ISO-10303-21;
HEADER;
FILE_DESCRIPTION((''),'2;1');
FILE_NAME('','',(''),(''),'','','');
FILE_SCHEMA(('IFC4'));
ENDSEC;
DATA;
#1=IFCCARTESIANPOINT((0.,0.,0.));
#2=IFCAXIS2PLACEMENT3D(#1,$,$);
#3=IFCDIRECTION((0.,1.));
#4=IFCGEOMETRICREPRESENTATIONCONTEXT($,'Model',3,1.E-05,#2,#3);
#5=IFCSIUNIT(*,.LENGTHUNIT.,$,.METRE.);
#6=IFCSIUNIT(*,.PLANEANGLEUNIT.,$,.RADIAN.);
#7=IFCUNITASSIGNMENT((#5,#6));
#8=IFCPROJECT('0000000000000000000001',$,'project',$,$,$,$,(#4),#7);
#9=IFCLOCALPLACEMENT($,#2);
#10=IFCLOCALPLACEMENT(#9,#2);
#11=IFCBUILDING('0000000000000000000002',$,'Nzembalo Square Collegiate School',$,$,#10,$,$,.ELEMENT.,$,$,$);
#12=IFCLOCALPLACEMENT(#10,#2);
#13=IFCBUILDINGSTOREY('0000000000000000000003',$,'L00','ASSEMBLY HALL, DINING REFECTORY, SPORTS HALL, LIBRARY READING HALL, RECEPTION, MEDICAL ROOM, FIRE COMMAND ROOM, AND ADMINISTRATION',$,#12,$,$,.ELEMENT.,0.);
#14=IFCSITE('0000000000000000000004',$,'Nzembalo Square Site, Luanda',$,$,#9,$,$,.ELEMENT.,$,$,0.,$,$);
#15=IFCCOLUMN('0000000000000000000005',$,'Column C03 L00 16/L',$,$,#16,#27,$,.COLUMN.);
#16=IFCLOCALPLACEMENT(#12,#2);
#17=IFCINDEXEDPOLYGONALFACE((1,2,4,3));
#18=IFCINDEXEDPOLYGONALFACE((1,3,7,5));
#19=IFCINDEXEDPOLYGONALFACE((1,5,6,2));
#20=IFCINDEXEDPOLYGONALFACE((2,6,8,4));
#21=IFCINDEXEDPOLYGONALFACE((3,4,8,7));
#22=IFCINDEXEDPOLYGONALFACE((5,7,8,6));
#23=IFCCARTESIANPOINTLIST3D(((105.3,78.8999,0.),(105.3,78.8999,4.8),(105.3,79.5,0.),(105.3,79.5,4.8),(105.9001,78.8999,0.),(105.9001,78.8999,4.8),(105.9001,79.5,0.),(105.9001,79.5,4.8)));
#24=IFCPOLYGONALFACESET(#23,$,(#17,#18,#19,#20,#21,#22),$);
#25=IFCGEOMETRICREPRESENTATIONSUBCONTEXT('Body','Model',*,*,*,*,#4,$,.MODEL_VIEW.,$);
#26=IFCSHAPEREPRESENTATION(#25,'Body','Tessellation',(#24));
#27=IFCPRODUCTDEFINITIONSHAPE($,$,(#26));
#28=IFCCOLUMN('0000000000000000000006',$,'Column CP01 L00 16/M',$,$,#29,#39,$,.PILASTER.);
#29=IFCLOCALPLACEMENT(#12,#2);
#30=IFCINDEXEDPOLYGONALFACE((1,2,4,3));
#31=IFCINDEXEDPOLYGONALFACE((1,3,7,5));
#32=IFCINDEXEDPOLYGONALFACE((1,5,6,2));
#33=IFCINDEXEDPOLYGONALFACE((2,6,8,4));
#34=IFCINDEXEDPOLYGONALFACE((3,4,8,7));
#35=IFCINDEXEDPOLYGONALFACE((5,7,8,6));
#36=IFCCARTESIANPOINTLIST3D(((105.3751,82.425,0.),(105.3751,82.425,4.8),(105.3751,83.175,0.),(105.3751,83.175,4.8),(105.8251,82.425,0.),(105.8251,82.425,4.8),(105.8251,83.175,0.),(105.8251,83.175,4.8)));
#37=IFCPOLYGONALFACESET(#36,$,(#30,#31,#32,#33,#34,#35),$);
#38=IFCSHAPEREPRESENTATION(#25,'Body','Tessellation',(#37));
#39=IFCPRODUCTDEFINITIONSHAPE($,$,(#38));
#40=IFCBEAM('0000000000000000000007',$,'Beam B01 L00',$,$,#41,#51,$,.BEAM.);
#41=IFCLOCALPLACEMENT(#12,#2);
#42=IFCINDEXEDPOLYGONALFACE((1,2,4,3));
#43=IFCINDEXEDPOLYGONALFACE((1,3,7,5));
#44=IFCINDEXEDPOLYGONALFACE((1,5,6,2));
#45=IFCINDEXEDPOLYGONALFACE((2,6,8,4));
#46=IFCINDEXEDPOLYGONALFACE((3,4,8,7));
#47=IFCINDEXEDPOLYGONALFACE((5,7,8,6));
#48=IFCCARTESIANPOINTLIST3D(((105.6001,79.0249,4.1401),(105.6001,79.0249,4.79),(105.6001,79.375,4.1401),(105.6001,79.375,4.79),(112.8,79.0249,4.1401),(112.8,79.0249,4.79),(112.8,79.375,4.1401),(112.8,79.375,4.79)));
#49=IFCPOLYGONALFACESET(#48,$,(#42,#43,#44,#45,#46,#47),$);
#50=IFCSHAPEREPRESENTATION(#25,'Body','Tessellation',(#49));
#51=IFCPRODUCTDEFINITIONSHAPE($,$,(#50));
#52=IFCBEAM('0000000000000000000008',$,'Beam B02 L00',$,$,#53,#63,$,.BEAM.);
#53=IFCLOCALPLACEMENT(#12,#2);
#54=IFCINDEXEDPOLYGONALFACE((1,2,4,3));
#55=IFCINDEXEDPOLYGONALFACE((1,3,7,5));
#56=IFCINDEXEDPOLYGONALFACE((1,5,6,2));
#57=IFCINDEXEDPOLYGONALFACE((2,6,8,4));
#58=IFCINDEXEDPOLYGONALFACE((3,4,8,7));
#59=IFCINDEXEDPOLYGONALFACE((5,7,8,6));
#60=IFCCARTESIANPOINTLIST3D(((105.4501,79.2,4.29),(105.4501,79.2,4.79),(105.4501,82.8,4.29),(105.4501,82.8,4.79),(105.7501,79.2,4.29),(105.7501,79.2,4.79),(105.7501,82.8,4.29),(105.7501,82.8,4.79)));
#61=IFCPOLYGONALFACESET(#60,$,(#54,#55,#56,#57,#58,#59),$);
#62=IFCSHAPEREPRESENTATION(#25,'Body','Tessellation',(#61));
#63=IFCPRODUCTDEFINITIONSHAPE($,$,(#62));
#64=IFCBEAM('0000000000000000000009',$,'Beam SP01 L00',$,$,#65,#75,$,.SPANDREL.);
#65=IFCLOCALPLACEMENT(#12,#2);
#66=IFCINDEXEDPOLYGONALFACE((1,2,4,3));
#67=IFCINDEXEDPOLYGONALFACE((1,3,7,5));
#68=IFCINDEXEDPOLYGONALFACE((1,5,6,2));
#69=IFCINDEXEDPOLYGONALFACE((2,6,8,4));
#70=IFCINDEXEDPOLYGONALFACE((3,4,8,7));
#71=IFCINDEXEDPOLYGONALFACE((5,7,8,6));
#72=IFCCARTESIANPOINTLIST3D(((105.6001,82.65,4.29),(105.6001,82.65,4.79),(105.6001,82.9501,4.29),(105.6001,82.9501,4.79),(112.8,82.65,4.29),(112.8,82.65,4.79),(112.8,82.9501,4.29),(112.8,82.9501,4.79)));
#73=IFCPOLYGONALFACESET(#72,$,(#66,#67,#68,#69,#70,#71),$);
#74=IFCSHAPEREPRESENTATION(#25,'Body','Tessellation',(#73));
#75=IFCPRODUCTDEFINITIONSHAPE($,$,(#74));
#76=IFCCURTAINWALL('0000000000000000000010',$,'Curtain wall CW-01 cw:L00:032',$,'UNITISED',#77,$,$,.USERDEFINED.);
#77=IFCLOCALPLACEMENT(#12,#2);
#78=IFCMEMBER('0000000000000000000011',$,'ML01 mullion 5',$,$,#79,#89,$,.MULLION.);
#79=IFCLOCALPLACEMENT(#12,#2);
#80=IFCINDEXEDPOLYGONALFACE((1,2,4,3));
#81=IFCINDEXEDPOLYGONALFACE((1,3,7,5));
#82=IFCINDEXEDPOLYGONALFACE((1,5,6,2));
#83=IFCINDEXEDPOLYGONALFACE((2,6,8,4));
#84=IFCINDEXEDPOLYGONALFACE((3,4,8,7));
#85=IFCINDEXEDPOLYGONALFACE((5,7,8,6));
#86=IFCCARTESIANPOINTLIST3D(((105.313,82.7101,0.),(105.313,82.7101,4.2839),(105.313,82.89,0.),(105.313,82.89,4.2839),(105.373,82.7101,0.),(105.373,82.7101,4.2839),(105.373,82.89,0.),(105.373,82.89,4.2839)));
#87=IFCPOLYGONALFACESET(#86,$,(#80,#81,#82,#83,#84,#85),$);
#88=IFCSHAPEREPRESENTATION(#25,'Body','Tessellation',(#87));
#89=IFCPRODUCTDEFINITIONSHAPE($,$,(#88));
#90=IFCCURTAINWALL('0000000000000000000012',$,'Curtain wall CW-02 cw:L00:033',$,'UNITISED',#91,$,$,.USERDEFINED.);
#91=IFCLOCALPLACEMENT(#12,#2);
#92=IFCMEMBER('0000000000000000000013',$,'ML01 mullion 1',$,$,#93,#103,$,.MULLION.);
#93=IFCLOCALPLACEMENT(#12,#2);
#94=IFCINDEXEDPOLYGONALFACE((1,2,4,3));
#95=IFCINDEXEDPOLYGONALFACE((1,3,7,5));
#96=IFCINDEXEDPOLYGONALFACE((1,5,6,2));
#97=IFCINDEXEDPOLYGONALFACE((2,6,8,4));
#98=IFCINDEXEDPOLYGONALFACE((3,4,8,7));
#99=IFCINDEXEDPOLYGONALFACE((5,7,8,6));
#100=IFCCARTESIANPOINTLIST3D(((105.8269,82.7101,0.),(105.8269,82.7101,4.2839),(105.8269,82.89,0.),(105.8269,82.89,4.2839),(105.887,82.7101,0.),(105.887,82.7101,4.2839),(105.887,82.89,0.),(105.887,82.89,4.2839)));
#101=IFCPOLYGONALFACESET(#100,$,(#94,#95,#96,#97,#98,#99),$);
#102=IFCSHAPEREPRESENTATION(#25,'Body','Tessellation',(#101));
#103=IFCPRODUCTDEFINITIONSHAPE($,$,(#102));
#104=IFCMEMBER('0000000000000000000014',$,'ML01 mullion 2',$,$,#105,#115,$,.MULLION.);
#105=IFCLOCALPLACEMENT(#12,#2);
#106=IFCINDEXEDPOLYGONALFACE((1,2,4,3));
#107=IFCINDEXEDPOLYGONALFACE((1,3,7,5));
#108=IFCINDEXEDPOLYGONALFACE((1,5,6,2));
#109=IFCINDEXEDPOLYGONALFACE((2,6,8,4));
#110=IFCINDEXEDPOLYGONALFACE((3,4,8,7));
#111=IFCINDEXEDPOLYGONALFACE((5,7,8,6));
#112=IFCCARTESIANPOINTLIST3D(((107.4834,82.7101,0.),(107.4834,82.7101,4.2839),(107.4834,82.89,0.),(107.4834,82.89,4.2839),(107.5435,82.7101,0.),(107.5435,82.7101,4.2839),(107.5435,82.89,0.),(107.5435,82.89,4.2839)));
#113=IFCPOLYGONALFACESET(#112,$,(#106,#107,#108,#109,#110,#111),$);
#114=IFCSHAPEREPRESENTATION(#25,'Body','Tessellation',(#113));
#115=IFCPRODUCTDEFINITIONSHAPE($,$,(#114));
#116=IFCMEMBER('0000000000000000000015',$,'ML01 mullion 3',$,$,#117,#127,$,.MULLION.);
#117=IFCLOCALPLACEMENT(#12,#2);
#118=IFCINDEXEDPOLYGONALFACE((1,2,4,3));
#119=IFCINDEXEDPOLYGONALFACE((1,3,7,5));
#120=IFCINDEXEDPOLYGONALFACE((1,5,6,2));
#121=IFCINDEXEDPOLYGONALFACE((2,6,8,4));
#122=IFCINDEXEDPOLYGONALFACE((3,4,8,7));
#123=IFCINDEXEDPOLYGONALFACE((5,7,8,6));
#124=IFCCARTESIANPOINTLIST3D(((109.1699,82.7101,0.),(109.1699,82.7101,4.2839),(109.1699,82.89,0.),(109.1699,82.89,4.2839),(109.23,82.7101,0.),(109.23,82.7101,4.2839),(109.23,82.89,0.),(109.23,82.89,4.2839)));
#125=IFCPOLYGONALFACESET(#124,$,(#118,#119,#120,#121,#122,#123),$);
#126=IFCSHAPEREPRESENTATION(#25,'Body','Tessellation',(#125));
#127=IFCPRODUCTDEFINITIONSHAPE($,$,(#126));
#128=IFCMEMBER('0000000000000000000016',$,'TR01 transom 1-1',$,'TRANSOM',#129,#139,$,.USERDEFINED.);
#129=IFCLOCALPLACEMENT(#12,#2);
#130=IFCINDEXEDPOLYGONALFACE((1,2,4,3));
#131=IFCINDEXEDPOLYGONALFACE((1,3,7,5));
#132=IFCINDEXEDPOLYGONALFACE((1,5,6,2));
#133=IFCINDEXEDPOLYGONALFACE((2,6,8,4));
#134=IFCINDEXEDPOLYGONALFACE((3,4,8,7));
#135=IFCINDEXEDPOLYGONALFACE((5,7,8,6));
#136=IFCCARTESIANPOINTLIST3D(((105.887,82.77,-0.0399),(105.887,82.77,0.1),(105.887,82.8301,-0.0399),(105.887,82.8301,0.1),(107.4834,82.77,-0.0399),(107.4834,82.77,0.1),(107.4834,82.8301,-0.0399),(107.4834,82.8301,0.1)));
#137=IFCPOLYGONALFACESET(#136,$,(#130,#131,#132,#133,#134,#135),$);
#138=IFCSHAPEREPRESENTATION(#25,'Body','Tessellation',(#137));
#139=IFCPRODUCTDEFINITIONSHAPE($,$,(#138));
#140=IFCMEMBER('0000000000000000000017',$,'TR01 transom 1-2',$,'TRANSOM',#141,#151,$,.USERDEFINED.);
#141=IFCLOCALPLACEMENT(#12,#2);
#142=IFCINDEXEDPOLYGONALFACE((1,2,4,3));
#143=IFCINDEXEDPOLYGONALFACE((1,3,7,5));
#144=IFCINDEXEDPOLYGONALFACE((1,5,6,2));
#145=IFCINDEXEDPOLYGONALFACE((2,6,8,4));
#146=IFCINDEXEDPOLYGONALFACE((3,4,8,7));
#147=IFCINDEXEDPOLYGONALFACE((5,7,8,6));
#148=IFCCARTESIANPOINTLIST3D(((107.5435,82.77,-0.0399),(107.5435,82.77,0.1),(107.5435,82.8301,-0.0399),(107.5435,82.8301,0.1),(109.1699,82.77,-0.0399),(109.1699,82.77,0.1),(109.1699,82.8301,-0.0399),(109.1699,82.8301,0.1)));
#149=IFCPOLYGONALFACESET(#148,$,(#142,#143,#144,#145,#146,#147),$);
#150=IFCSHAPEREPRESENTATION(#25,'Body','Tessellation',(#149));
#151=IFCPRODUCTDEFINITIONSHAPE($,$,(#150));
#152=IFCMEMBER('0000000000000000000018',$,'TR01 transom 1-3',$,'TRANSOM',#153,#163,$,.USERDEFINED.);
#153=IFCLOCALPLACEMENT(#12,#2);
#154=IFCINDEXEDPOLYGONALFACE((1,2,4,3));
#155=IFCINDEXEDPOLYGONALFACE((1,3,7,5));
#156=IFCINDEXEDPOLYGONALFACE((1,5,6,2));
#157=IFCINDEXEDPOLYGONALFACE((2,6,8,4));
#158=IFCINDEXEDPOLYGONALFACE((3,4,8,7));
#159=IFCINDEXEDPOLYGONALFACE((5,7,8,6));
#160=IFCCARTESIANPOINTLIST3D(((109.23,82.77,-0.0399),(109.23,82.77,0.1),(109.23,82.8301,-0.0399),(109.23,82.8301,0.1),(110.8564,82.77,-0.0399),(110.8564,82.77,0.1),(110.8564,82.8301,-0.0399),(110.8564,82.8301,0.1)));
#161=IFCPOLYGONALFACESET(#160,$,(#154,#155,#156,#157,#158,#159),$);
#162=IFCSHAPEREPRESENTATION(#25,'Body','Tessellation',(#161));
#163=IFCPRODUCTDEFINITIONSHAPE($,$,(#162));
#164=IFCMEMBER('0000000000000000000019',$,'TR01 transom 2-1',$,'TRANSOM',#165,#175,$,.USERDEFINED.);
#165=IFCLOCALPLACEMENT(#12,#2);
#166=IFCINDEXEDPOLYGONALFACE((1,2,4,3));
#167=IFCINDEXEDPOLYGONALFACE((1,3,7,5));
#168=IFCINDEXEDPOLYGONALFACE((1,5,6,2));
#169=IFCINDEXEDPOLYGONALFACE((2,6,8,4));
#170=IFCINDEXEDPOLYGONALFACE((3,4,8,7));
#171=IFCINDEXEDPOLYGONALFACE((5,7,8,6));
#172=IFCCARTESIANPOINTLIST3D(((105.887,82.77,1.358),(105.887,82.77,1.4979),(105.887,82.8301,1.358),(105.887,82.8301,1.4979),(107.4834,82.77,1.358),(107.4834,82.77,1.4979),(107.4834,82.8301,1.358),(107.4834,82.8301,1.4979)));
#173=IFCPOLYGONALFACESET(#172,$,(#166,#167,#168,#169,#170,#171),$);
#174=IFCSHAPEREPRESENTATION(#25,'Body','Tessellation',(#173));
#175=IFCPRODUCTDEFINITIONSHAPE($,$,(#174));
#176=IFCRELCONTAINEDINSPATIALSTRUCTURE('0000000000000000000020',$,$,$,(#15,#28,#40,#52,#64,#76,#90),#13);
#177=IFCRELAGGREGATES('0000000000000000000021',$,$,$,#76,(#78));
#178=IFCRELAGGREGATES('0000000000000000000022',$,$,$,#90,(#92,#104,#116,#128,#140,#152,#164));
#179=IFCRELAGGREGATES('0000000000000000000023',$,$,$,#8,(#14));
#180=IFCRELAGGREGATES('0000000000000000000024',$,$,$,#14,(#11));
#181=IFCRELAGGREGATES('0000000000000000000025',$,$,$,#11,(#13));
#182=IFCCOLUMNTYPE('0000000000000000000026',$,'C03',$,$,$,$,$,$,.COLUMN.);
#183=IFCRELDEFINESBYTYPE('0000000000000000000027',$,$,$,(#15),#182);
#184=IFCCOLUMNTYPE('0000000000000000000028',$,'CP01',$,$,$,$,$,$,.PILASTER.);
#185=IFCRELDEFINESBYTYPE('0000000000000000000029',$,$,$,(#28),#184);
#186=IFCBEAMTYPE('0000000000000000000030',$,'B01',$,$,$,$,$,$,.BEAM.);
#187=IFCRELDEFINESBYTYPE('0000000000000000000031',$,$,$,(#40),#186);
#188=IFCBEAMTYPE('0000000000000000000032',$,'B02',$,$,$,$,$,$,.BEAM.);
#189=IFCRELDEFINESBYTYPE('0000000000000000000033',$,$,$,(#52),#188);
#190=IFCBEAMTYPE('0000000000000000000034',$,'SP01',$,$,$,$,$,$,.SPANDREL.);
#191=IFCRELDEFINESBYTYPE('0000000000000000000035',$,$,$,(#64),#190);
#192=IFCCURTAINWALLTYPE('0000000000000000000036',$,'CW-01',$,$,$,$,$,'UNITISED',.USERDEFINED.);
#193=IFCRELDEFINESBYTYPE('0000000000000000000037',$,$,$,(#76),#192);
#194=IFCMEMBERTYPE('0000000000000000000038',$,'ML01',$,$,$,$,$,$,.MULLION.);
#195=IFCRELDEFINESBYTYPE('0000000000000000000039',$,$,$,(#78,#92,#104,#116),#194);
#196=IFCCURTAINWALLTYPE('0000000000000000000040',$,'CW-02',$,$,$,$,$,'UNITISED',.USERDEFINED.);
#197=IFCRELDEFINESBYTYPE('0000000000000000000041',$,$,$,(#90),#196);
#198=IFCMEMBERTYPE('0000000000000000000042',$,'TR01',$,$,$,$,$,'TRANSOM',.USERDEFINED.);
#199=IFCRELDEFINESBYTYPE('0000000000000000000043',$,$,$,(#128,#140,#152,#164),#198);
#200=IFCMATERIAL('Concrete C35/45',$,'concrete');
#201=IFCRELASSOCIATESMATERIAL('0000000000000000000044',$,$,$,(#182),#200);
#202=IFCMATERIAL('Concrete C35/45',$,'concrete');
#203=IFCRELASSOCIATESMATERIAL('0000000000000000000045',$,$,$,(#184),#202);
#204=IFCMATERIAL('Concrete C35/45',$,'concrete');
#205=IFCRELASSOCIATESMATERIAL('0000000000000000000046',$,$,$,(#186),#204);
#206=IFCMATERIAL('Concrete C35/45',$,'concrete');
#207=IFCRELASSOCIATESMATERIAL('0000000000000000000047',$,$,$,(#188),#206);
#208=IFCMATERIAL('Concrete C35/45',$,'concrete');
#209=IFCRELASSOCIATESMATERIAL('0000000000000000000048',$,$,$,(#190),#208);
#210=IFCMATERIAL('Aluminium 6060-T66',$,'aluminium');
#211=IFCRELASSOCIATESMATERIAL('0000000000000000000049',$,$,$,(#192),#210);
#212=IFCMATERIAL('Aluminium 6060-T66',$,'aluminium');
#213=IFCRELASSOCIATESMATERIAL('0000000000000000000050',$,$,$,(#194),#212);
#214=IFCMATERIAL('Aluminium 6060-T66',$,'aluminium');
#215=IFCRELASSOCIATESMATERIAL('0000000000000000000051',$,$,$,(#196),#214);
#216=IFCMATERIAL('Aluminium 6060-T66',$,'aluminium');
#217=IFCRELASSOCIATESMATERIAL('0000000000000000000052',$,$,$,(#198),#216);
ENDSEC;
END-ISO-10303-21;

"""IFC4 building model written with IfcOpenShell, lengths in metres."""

from ifc_helpers import new_model, si_unit, direction, frame, origin, origin_2d, place, context, subcontext, project, spatial, rectangle, extrude, material, material_profile, profile_set, type_object, element, aggregate, save


model = new_model("IFC4")

# Units and contexts
model_context = context("Model", 3, precision=1e-05, world=origin(), true_north=direction((0.0, 1.0)))
body_context = subcontext(model_context, "Body", "Model", "MODEL_VIEW")
ifc_project = project(units=[si_unit("LENGTHUNIT", "METRE"), si_unit("PLANEANGLEUNIT", "RADIAN")], contexts=[model_context])

# Site, building, storey
site_placement = place(None, origin())
site = spatial("IfcSite", under=ifc_project, at=site_placement, Name="Nzembalo Square Site, Luanda", CompositionType="ELEMENT", RefElevation=0.0)
building_placement = place(site_placement, origin())
building = spatial("IfcBuilding", under=site, at=building_placement, Name="Nzembalo Square Collegiate School", CompositionType="ELEMENT")
storey_placement = place(building_placement, origin())
storey = spatial("IfcBuildingStorey", under=building, at=storey_placement, Name="L00", Description="ASSEMBLY HALL, DINING REFECTORY, SPORTS HALL, LIBRARY READING HALL, RECEPTION, MEDICAL ROOM, FIRE COMMAND ROOM, AND ADMINISTRATION", CompositionType="ELEMENT", Elevation=0.0)

# Columns
ifc_material_1 = material(Name="Concrete C35/45", Category="concrete")
ifc_material_profile_1 = material_profile(ifc_material_1, rectangle(XDim=0.6001, YDim=0.6001, at=origin_2d()), Name="RC 600x600")
ifc_profile_set_1 = profile_set([ifc_material_profile_1], Name="Concrete C35/45")
column_type_1 = type_object("IfcColumnType", Name="C03", PredefinedType="COLUMN", material=ifc_profile_set_1)
column_1_placement = place(storey_placement, frame((105.6001, 79.2, 0.0), z_axis=(0.0, 0.0, 1.0), x_axis=(1.0, 0.0, 0.0)))
element("IfcColumn", 1, at=column_1_placement, inside=storey, type_object=column_type_1, Name="Column C03 L00 16/L", PredefinedType="COLUMN", context=body_context, shape_type="SweptSolid", body=[
    extrude(rectangle(XDim=0.6001, YDim=0.6001, at=origin_2d()), origin(), (0.0, 0.0, 1.0), 4.8),
])
ifc_material_2 = material(Name="Concrete C35/45", Category="concrete")
ifc_material_profile_2 = material_profile(ifc_material_2, rectangle(XDim=0.45, YDim=0.75, at=origin_2d()), Name="RC 450x750")
ifc_profile_set_2 = profile_set([ifc_material_profile_2], Name="Concrete C35/45")
column_type_2 = type_object("IfcColumnType", Name="CP01", PredefinedType="PILASTER", material=ifc_profile_set_2)
column_2_placement = place(storey_placement, frame((105.6001, 82.8, 0.0), z_axis=(0.0, 0.0, 1.0), x_axis=(1.0, 0.0, 0.0)))
element("IfcColumn", 2, at=column_2_placement, inside=storey, type_object=column_type_2, Name="Column CP01 L00 16/M", PredefinedType="PILASTER", context=body_context, shape_type="SweptSolid", body=[
    extrude(rectangle(XDim=0.45, YDim=0.75, at=origin_2d()), origin(), (0.0, 0.0, 1.0), 4.8),
])

# Beams
ifc_material_3 = material(Name="Concrete C35/45", Category="concrete")
ifc_material_profile_3 = material_profile(ifc_material_3, rectangle(XDim=0.3501, YDim=0.6499, at=origin_2d()), Name="RC 350x650")
ifc_profile_set_3 = profile_set([ifc_material_profile_3], Name="Concrete C35/45")
beam_type_1 = type_object("IfcBeamType", Name="B01", PredefinedType="BEAM", material=ifc_profile_set_3)
beam_1_placement = place(storey_placement, frame((105.6001, 79.2, 4.4651), z_axis=(1.0, 0.0, 0.0), x_axis=(0.0, 1.0, 0.0)))
element("IfcBeam", 3, at=beam_1_placement, inside=storey, type_object=beam_type_1, Name="Beam B01 L00", PredefinedType="BEAM", context=body_context, shape_type="SweptSolid", body=[
    extrude(rectangle(XDim=0.3501, YDim=0.6499, at=origin_2d()), origin(), (0.0, 0.0, 1.0), 7.2),
])
ifc_material_4 = material(Name="Concrete C35/45", Category="concrete")
ifc_material_profile_4 = material_profile(ifc_material_4, rectangle(XDim=0.3, YDim=0.5, at=origin_2d()), Name="RC 300x500")
ifc_profile_set_4 = profile_set([ifc_material_profile_4], Name="Concrete C35/45")
beam_type_2 = type_object("IfcBeamType", Name="B02", PredefinedType="BEAM", material=ifc_profile_set_4)
beam_2_placement = place(storey_placement, frame((105.6001, 79.2, 4.54), z_axis=(0.0, 1.0, 0.0), x_axis=(-1.0, 0.0, 0.0)))
element("IfcBeam", 4, at=beam_2_placement, inside=storey, type_object=beam_type_2, Name="Beam B02 L00", PredefinedType="BEAM", context=body_context, shape_type="SweptSolid", body=[
    extrude(rectangle(XDim=0.3, YDim=0.5, at=origin_2d()), origin(), (0.0, 0.0, 1.0), 3.6001),
])
ifc_material_5 = material(Name="Concrete C35/45", Category="concrete")
ifc_material_profile_5 = material_profile(ifc_material_5, rectangle(XDim=0.3, YDim=0.5, at=origin_2d()), Name="RC 300x500")
ifc_profile_set_5 = profile_set([ifc_material_profile_5], Name="Concrete C35/45")
beam_type_3 = type_object("IfcBeamType", Name="SP01", PredefinedType="SPANDREL", material=ifc_profile_set_5)
beam_3_placement = place(storey_placement, frame((105.6001, 82.8, 4.54), z_axis=(1.0, 0.0, 0.0), x_axis=(0.0, 1.0, 0.0)))
element("IfcBeam", 5, at=beam_3_placement, inside=storey, type_object=beam_type_3, Name="Beam SP01 L00", PredefinedType="SPANDREL", context=body_context, shape_type="SweptSolid", body=[
    extrude(rectangle(XDim=0.3, YDim=0.5, at=origin_2d()), origin(), (0.0, 0.0, 1.0), 7.2),
])

# Curtain wall, member
ifc_material_6 = material(Name="Aluminium 6060-T66", Category="aluminium")
curtain_wall_type_1 = type_object("IfcCurtainWallType", Name="CW-01", ElementType="UNITISED", PredefinedType="USERDEFINED", material=ifc_material_6)
curtain_wall_1_placement = place(storey_placement, origin())
curtain_wall_1 = element("IfcCurtainWall", 6, at=curtain_wall_1_placement, inside=storey, type_object=curtain_wall_type_1, Name="Curtain wall CW-01 cw:L00:032", ObjectType="UNITISED", PredefinedType="USERDEFINED")
ifc_material_7 = material(Name="Aluminium 6060-T66", Category="aluminium")
ifc_material_profile_6 = material_profile(ifc_material_7, rectangle(XDim=0.0601, YDim=0.1799, at=origin_2d()), Name="ALU M60x180")
ifc_profile_set_6 = profile_set([ifc_material_profile_6], Name="Aluminium 6060-T66")
member_type_1 = type_object("IfcMemberType", Name="ML01", PredefinedType="MULLION", material=ifc_profile_set_6)
member_1_placement = place(storey_placement, frame((105.343, 82.8, 0.0), z_axis=(0.0, 0.0, 1.0), x_axis=(1.0, 0.0, 0.0)))
member_1 = element("IfcMember", 7, at=member_1_placement, type_object=member_type_1, Name="ML01 mullion 5", PredefinedType="MULLION", context=body_context, shape_type="SweptSolid", body=[
    extrude(rectangle(XDim=0.0601, YDim=0.1799, at=origin_2d()), origin(), (0.0, 0.0, 1.0), 4.2839),
])

# Curtain wall, members
ifc_material_8 = material(Name="Aluminium 6060-T66", Category="aluminium")
curtain_wall_type_2 = type_object("IfcCurtainWallType", Name="CW-02", ElementType="UNITISED", PredefinedType="USERDEFINED", material=ifc_material_8)
curtain_wall_2_placement = place(storey_placement, origin())
curtain_wall_2 = element("IfcCurtainWall", 8, at=curtain_wall_2_placement, inside=storey, type_object=curtain_wall_type_2, Name="Curtain wall CW-02 cw:L00:033", ObjectType="UNITISED", PredefinedType="USERDEFINED")
member_2_placement = place(storey_placement, frame((105.8569, 82.8, 0.0), z_axis=(0.0, 0.0, 1.0), x_axis=(1.0, 0.0, 0.0)))
member_2 = element("IfcMember", 9, at=member_2_placement, type_object=member_type_1, Name="ML01 mullion 1", PredefinedType="MULLION", context=body_context, shape_type="SweptSolid", body=[
    extrude(rectangle(XDim=0.0601, YDim=0.1799, at=origin_2d()), origin(), (0.0, 0.0, 1.0), 4.2839),
])
member_3_placement = place(storey_placement, frame((107.5134, 82.8, 0.0), z_axis=(0.0, 0.0, 1.0), x_axis=(1.0, 0.0, 0.0)))
member_3 = element("IfcMember", 10, at=member_3_placement, type_object=member_type_1, Name="ML01 mullion 2", PredefinedType="MULLION", context=body_context, shape_type="SweptSolid", body=[
    extrude(rectangle(XDim=0.0601, YDim=0.1799, at=origin_2d()), origin(), (0.0, 0.0, 1.0), 4.2839),
])
member_4_placement = place(storey_placement, frame((109.2, 82.8, 0.0), z_axis=(0.0, 0.0, 1.0), x_axis=(1.0, 0.0, 0.0)))
member_4 = element("IfcMember", 11, at=member_4_placement, type_object=member_type_1, Name="ML01 mullion 3", PredefinedType="MULLION", context=body_context, shape_type="SweptSolid", body=[
    extrude(rectangle(XDim=0.0601, YDim=0.1799, at=origin_2d()), origin(), (0.0, 0.0, 1.0), 4.2839),
])
ifc_material_9 = material(Name="Aluminium 6060-T66", Category="aluminium")
ifc_material_profile_7 = material_profile(ifc_material_9, rectangle(XDim=0.0601, YDim=0.1399, at=origin_2d()), Name="ALU T60x140")
ifc_profile_set_7 = profile_set([ifc_material_profile_7], Name="Aluminium 6060-T66")
member_type_2 = type_object("IfcMemberType", Name="TR01", ElementType="TRANSOM", PredefinedType="USERDEFINED", material=ifc_profile_set_7)
member_5_placement = place(storey_placement, frame((105.887, 82.8, 0.03), z_axis=(1.0, 0.0, 0.0), x_axis=(0.0, 1.0, 0.0)))
member_5 = element("IfcMember", 12, at=member_5_placement, type_object=member_type_2, Name="TR01 transom 1-1", ObjectType="TRANSOM", PredefinedType="USERDEFINED", context=body_context, shape_type="SweptSolid", body=[
    extrude(rectangle(XDim=0.0601, YDim=0.1399, at=origin_2d()), origin(), (0.0, 0.0, 1.0), 1.5964),
])
member_6_placement = place(storey_placement, frame((107.5435, 82.8, 0.03), z_axis=(1.0, 0.0, 0.0), x_axis=(0.0, 1.0, 0.0)))
member_6 = element("IfcMember", 13, at=member_6_placement, type_object=member_type_2, Name="TR01 transom 1-2", ObjectType="TRANSOM", PredefinedType="USERDEFINED", context=body_context, shape_type="SweptSolid", body=[
    extrude(rectangle(XDim=0.0601, YDim=0.1399, at=origin_2d()), origin(), (0.0, 0.0, 1.0), 1.6265),
])
member_7_placement = place(storey_placement, frame((109.23, 82.8, 0.03), z_axis=(1.0, 0.0, 0.0), x_axis=(0.0, 1.0, 0.0)))
member_7 = element("IfcMember", 14, at=member_7_placement, type_object=member_type_2, Name="TR01 transom 1-3", ObjectType="TRANSOM", PredefinedType="USERDEFINED", context=body_context, shape_type="SweptSolid", body=[
    extrude(rectangle(XDim=0.0601, YDim=0.1399, at=origin_2d()), origin(), (0.0, 0.0, 1.0), 1.6265),
])
member_8_placement = place(storey_placement, frame((105.887, 82.8, 1.428), z_axis=(1.0, 0.0, 0.0), x_axis=(0.0, 1.0, 0.0)))
member_8 = element("IfcMember", 15, at=member_8_placement, type_object=member_type_2, Name="TR01 transom 2-1", ObjectType="TRANSOM", PredefinedType="USERDEFINED", context=body_context, shape_type="SweptSolid", body=[
    extrude(rectangle(XDim=0.0601, YDim=0.1399, at=origin_2d()), origin(), (0.0, 0.0, 1.0), 1.5964),
])

aggregate(curtain_wall_1, [member_1])
aggregate(curtain_wall_2, [member_2, member_3, member_4, member_5, member_6, member_7, member_8])

save(model, "model.ifc")
